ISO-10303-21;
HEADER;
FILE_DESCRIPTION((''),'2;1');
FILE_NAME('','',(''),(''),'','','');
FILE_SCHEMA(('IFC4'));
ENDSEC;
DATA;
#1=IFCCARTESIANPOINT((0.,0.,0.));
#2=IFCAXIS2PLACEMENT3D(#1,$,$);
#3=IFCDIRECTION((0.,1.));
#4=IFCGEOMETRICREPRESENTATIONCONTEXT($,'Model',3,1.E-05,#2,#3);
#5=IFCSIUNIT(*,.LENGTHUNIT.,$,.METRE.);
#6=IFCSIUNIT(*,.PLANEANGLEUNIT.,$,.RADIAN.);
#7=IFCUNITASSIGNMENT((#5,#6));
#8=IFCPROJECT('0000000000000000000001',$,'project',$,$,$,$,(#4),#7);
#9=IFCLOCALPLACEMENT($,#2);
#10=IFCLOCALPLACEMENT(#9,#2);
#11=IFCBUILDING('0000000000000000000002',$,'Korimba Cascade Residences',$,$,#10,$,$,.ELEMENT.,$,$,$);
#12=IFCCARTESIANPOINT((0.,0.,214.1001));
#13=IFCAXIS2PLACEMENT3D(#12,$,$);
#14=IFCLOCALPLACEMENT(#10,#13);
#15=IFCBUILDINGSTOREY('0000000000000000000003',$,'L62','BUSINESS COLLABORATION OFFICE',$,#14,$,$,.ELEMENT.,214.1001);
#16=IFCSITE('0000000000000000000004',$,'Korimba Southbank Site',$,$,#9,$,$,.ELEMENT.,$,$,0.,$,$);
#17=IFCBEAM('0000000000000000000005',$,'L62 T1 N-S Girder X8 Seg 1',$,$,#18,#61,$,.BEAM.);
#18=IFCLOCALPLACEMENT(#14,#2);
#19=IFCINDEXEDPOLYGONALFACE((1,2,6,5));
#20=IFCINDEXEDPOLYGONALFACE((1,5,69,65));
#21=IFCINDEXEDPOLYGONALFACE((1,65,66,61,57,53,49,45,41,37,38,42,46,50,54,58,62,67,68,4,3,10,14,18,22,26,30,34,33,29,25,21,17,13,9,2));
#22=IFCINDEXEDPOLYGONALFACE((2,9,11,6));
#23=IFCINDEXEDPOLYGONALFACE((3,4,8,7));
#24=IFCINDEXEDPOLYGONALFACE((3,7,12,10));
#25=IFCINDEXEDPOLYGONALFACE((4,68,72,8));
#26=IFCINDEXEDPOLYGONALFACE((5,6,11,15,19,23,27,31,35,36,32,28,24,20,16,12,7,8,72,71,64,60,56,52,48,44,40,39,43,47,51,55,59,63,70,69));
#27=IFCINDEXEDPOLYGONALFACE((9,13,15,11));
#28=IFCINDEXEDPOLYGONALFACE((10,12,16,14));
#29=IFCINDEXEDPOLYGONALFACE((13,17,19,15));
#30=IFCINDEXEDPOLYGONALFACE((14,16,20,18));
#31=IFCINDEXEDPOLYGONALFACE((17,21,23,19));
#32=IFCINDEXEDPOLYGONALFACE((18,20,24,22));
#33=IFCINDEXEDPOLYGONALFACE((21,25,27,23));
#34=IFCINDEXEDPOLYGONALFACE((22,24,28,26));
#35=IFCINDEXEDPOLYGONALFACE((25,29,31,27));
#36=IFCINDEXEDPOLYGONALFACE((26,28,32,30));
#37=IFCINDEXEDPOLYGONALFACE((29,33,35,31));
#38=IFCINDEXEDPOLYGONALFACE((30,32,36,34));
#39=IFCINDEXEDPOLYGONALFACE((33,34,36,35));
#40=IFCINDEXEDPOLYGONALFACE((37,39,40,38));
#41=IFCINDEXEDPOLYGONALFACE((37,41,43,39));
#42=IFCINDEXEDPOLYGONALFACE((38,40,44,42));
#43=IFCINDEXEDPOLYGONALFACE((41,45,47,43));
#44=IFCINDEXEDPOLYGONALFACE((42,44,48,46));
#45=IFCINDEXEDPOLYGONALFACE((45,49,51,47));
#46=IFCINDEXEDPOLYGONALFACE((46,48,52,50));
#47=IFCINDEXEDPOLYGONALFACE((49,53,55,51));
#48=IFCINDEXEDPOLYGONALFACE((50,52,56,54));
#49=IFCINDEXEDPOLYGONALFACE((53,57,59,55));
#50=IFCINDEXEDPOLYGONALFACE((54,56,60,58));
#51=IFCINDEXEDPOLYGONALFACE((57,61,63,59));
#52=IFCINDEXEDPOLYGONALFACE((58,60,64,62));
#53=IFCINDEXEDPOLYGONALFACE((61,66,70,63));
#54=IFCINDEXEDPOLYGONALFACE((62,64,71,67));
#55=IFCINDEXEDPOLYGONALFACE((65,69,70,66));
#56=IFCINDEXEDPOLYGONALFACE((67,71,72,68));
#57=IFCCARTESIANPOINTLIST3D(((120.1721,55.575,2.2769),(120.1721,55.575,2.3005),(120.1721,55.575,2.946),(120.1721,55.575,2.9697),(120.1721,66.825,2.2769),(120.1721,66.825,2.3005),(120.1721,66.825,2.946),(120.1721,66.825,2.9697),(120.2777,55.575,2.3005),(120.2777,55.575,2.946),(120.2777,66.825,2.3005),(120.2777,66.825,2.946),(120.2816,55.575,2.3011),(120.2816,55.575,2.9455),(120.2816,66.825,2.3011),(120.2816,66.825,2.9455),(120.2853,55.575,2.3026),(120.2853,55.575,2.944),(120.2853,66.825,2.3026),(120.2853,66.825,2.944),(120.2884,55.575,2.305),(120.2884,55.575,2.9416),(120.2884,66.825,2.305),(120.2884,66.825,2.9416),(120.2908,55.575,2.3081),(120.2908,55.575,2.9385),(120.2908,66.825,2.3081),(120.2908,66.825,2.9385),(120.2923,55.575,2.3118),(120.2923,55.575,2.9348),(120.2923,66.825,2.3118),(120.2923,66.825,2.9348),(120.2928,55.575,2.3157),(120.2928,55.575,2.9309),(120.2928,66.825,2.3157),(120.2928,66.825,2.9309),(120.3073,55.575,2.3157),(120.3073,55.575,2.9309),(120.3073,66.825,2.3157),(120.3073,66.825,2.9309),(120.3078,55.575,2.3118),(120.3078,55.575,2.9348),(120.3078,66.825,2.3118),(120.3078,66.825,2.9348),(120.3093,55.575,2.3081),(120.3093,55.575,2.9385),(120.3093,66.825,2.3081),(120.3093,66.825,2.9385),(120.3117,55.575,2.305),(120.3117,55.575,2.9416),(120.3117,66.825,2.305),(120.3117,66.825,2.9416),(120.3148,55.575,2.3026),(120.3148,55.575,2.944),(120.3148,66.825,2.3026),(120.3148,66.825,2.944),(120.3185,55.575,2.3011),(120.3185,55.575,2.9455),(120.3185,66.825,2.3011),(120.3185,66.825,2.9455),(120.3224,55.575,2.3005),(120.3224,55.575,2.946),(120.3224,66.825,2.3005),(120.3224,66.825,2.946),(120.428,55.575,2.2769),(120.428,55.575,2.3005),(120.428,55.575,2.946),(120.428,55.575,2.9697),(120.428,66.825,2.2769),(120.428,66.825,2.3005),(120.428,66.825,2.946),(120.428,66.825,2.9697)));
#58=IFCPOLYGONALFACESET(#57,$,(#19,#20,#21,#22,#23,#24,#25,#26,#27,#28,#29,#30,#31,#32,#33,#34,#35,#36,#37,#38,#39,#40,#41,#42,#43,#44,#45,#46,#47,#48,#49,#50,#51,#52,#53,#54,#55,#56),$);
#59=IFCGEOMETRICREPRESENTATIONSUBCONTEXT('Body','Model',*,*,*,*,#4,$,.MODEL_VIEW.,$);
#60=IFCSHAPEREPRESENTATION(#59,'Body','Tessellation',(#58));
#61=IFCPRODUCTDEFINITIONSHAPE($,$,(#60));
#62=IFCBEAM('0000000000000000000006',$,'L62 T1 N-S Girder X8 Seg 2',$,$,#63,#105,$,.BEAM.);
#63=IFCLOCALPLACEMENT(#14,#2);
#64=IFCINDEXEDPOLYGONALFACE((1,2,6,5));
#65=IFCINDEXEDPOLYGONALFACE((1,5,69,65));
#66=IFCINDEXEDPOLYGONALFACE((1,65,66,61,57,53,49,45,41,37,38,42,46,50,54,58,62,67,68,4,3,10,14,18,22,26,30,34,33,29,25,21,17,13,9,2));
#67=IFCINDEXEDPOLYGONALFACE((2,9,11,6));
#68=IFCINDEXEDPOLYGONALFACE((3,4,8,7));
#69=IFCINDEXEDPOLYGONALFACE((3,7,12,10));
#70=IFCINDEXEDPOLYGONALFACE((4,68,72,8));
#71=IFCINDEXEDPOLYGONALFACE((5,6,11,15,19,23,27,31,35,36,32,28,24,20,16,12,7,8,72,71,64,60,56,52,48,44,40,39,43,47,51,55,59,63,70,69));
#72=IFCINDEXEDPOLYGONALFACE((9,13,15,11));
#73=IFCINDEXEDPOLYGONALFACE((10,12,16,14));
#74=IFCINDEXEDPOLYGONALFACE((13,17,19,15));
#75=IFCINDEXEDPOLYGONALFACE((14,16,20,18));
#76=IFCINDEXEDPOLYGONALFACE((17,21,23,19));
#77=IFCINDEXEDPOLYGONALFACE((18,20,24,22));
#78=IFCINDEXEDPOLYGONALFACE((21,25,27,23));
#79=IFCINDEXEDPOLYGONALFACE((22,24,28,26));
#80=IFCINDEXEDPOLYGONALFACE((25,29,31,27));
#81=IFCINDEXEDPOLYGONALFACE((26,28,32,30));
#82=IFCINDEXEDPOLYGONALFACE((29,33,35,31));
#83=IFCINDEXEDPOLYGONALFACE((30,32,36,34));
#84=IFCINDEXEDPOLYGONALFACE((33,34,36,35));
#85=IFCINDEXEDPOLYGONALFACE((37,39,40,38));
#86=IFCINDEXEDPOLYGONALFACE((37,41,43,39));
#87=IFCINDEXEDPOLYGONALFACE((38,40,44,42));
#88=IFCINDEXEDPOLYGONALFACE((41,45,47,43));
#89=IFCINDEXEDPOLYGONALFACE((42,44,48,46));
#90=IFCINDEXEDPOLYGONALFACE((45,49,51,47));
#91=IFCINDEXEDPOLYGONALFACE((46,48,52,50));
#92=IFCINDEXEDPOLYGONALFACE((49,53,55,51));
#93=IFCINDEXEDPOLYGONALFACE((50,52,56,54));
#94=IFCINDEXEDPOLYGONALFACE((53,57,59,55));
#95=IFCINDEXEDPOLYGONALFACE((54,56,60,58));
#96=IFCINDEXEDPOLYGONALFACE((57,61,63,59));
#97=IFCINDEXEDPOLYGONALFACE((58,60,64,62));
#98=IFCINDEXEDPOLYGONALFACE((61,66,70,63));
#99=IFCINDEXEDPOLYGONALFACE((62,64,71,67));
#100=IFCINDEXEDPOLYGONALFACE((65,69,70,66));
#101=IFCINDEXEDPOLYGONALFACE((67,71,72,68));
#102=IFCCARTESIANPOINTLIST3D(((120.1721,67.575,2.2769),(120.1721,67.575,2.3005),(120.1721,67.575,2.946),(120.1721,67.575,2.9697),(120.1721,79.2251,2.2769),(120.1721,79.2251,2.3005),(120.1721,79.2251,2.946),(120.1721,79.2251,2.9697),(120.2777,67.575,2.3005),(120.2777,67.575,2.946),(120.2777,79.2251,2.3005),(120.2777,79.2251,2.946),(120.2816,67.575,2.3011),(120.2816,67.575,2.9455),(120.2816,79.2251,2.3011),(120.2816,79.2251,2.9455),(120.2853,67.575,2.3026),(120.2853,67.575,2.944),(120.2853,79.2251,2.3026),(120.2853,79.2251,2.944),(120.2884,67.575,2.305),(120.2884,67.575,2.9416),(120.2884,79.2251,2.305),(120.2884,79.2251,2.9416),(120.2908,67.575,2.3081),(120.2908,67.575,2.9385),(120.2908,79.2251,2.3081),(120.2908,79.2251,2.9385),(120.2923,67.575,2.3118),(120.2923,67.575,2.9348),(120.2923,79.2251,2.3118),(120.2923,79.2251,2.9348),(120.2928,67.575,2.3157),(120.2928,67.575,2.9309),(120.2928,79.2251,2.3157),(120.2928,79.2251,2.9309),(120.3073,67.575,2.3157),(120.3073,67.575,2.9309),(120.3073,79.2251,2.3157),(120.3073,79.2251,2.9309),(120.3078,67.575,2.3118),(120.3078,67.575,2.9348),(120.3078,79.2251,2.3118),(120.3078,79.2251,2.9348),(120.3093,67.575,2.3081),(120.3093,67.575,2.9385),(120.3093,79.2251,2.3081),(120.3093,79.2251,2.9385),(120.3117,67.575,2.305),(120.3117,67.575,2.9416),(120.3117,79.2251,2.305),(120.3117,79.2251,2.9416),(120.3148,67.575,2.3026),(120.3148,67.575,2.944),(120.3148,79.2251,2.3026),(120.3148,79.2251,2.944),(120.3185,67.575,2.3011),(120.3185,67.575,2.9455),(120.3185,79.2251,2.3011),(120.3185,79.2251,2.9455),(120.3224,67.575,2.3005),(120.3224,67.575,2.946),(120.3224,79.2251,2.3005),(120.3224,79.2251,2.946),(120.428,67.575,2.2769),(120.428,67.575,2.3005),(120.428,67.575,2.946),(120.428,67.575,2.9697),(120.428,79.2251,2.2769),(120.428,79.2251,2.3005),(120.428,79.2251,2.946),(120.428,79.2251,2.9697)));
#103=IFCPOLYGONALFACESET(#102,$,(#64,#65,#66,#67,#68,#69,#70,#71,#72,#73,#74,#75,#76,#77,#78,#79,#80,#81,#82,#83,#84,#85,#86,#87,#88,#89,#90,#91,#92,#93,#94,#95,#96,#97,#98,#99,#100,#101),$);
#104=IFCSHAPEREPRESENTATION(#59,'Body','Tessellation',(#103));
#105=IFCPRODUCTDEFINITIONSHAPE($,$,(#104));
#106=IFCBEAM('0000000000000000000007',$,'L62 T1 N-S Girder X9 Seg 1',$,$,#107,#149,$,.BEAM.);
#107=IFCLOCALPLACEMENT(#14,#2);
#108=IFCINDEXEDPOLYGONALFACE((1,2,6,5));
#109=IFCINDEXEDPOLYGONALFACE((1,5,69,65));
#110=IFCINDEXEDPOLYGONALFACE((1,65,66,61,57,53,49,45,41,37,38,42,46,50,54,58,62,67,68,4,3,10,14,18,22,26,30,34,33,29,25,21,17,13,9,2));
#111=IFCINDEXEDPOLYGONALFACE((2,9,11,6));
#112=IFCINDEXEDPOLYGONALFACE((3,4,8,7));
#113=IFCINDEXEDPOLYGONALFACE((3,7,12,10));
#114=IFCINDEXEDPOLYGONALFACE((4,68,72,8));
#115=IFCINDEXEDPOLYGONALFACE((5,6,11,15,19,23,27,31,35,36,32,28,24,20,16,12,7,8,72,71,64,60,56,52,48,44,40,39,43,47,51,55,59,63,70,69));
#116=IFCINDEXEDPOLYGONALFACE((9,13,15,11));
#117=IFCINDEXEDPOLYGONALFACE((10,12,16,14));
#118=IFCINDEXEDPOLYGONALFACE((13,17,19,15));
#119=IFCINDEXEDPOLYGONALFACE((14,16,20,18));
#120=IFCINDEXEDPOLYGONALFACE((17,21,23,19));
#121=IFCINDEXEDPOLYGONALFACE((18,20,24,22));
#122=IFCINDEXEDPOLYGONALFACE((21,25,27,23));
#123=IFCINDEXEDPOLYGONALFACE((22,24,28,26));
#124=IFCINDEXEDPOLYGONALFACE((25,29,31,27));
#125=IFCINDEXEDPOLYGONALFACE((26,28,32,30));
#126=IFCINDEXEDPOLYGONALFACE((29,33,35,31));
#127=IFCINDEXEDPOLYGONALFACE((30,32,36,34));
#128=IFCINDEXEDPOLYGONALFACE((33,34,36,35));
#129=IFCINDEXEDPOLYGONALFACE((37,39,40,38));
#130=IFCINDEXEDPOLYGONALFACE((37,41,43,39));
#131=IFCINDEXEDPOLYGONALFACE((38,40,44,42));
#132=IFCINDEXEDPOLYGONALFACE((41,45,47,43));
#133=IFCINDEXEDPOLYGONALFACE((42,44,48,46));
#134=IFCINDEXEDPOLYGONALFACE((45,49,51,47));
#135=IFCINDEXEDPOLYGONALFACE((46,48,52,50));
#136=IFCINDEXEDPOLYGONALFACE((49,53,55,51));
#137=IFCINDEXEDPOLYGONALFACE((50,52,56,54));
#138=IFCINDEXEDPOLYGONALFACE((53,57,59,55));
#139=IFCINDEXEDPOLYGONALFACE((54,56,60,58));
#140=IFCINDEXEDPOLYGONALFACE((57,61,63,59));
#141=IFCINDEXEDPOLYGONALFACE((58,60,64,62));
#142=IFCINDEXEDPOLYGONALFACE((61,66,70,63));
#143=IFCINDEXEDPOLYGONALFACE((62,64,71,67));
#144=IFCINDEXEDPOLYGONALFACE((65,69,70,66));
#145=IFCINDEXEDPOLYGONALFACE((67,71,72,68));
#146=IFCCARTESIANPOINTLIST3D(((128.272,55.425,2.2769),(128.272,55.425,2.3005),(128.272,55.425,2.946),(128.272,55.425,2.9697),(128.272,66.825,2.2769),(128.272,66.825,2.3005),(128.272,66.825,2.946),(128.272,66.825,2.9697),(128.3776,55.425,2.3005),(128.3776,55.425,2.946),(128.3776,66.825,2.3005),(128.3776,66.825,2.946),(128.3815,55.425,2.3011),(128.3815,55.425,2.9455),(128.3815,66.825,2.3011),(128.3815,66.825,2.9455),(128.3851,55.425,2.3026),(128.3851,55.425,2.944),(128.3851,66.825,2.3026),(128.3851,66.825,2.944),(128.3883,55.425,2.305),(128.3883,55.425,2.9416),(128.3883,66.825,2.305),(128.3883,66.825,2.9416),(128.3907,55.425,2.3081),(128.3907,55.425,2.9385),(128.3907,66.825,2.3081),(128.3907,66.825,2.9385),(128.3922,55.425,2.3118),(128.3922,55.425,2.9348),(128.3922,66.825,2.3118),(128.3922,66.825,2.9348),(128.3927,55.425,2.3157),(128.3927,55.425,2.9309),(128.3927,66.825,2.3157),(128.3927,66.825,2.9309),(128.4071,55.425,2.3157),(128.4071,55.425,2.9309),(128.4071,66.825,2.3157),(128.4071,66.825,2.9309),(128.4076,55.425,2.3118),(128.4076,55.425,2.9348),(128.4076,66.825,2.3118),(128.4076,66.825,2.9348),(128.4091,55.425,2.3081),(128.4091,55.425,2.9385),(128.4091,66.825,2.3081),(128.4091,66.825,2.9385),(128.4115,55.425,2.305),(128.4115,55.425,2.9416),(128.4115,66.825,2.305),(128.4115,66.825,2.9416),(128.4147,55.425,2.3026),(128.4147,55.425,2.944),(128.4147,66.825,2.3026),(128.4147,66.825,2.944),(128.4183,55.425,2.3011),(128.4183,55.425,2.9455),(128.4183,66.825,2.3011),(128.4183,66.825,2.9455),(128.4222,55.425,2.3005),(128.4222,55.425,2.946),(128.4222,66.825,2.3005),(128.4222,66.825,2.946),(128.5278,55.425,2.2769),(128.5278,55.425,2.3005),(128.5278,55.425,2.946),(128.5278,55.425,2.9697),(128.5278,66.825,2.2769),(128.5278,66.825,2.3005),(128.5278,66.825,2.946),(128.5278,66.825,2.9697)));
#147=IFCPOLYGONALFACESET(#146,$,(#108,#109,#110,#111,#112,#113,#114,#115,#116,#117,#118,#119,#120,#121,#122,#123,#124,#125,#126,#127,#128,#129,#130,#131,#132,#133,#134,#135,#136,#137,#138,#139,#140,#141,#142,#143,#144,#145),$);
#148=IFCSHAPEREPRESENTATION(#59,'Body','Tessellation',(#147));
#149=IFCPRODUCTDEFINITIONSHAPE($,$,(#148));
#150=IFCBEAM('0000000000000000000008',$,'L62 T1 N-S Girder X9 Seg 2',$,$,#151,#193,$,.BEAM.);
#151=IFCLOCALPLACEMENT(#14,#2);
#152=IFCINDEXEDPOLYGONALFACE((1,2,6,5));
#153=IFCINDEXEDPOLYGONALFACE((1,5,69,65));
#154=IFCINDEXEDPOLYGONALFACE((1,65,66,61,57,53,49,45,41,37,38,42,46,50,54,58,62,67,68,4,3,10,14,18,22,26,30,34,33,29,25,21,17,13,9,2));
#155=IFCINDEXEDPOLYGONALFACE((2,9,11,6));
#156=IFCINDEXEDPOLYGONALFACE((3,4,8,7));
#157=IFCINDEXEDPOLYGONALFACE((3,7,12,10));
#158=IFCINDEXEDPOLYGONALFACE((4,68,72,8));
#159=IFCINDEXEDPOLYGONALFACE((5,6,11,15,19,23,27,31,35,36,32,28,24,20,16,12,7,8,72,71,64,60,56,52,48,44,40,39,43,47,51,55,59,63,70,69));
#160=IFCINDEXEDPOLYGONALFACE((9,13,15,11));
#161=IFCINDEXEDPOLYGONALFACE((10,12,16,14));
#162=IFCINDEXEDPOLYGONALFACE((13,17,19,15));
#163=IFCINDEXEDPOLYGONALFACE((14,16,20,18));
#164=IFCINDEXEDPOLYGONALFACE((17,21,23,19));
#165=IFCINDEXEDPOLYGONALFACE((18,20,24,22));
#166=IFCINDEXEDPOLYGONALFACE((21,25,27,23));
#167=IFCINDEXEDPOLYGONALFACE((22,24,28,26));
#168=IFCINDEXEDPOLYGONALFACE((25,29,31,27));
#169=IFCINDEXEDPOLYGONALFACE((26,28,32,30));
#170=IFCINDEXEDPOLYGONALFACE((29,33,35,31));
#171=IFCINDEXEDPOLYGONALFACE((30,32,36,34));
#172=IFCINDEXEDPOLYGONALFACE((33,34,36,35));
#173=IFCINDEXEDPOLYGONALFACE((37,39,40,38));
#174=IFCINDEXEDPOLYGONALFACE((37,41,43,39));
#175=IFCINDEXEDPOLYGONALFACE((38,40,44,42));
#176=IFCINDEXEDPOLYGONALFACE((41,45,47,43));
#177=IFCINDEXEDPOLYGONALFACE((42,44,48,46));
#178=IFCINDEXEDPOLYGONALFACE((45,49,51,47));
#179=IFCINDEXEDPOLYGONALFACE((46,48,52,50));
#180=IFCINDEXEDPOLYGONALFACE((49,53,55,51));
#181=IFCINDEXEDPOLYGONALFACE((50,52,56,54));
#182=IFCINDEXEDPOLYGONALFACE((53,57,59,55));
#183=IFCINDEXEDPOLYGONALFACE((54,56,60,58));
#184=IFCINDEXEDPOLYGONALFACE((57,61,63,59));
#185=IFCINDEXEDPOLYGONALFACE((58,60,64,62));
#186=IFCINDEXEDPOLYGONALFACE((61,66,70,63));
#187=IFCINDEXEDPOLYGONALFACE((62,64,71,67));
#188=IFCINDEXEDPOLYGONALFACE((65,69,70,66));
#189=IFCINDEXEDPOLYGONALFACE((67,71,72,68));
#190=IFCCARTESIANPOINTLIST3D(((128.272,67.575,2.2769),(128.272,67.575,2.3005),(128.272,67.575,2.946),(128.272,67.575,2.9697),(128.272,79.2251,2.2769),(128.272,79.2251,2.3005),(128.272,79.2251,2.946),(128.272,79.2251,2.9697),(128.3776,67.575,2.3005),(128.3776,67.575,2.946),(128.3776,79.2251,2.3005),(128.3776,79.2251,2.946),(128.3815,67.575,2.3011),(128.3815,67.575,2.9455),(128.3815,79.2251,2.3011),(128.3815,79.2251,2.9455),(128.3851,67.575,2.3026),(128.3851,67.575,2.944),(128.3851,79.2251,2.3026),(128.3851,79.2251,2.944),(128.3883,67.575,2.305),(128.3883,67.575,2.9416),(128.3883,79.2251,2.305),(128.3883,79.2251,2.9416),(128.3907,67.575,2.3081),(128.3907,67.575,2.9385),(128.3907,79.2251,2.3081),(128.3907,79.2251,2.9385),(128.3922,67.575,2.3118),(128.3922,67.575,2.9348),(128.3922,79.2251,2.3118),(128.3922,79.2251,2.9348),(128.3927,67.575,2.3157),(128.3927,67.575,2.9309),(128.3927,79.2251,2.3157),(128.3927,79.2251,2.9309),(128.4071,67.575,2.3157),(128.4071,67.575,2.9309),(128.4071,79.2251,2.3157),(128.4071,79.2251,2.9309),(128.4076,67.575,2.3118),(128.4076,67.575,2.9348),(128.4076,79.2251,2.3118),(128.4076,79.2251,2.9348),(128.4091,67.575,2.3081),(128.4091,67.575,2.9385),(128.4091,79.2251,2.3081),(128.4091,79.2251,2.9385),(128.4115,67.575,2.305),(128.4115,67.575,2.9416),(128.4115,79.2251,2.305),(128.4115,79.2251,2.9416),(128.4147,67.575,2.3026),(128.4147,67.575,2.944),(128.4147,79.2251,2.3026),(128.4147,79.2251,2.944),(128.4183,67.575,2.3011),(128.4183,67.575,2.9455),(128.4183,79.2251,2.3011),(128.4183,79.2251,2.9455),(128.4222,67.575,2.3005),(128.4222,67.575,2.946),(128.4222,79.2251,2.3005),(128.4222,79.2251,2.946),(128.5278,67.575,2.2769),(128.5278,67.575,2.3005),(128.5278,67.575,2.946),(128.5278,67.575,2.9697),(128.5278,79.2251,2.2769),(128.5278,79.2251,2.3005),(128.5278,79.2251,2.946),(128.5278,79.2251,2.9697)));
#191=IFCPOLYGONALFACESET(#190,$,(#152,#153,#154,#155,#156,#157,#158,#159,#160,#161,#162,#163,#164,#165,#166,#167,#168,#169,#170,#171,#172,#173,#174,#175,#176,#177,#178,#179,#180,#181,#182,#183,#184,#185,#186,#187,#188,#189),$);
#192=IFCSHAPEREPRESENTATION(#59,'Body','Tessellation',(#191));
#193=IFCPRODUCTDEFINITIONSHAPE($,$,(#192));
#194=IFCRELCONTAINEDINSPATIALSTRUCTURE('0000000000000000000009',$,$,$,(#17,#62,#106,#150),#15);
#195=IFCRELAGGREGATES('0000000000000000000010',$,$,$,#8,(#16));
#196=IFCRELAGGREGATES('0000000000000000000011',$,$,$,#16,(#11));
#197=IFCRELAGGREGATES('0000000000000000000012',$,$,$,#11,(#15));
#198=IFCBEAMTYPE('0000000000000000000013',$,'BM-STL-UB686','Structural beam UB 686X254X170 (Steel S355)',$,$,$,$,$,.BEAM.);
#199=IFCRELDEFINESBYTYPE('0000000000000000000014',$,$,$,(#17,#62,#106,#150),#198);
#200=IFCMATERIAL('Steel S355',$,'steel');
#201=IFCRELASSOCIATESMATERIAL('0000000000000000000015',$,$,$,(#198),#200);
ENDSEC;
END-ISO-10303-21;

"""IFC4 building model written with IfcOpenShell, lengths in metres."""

from ifc_helpers import new_model, si_unit, direction, frame, origin, origin_2d, place, context, subcontext, project, spatial, i_section, extrude, material, material_profile, profile_set, type_object, element, save


model = new_model("IFC4")

# Units and contexts
model_context = context("Model", 3, precision=1e-05, world=origin(), true_north=direction((0.0, 1.0)))
body_context = subcontext(model_context, "Body", "Model", "MODEL_VIEW")
ifc_project = project(units=[si_unit("LENGTHUNIT", "METRE"), si_unit("PLANEANGLEUNIT", "RADIAN")], contexts=[model_context])

# Site, building, storey
site_placement = place(None, origin())
site = spatial("IfcSite", under=ifc_project, at=site_placement, Name="Korimba Southbank Site", CompositionType="ELEMENT", RefElevation=0.0)
building_placement = place(site_placement, origin())
building = spatial("IfcBuilding", under=site, at=building_placement, Name="Korimba Cascade Residences", CompositionType="ELEMENT")
storey_placement = place(building_placement, frame((0.0, 0.0, 214.1001)))
storey = spatial("IfcBuildingStorey", under=building, at=storey_placement, Name="L62", Description="BUSINESS COLLABORATION OFFICE", CompositionType="ELEMENT", Elevation=214.1001)

# Beams
ifc_material_1 = material(Name="Steel S355", Category="steel")
ifc_material_profile_1 = material_profile(ifc_material_1, i_section(OverallWidth=0.2559, OverallDepth=0.6929, WebThickness=0.0144, FlangeThickness=0.0237, FilletRadius=0.0151, at=origin_2d()), Name="Steel S355")
ifc_profile_set_1 = profile_set([ifc_material_profile_1], Name="Steel S355")
beam_type_1 = type_object("IfcBeamType", Name="BM-STL-UB686", Description="Structural beam UB 686X254X170 (Steel S355)", PredefinedType="BEAM", material=ifc_profile_set_1)
beam_1_placement = place(storey_placement, frame((120.3, 55.575, 2.6233), z_axis=(0.0, 1.0, 0.0), x_axis=(-1.0, 0.0, 0.0)))
element("IfcBeam", 1, at=beam_1_placement, inside=storey, type_object=beam_type_1, Name="L62 T1 N-S Girder X8 Seg 1", PredefinedType="BEAM", context=body_context, shape_type="SweptSolid", body=[
    extrude(i_section(OverallWidth=0.2559, OverallDepth=0.6929, WebThickness=0.0144, FlangeThickness=0.0237, FilletRadius=0.0151, at=origin_2d()), origin(), (0.0, 0.0, 1.0), 11.25),
])
beam_2_placement = place(storey_placement, frame((120.3, 67.575, 2.6233), z_axis=(0.0, 1.0, 0.0), x_axis=(-1.0, 0.0, 0.0)))
element("IfcBeam", 2, at=beam_2_placement, inside=storey, type_object=beam_type_1, Name="L62 T1 N-S Girder X8 Seg 2", PredefinedType="BEAM", context=body_context, shape_type="SweptSolid", body=[
    extrude(i_section(OverallWidth=0.2559, OverallDepth=0.6929, WebThickness=0.0144, FlangeThickness=0.0237, FilletRadius=0.0151, at=origin_2d()), origin(), (0.0, 0.0, 1.0), 11.6501),
])
beam_3_placement = place(storey_placement, frame((128.3999, 55.425, 2.6233), z_axis=(0.0, 1.0, 0.0), x_axis=(-1.0, 0.0, 0.0)))
element("IfcBeam", 3, at=beam_3_placement, inside=storey, type_object=beam_type_1, Name="L62 T1 N-S Girder X9 Seg 1", PredefinedType="BEAM", context=body_context, shape_type="SweptSolid", body=[
    extrude(i_section(OverallWidth=0.2559, OverallDepth=0.6929, WebThickness=0.0144, FlangeThickness=0.0237, FilletRadius=0.0151, at=origin_2d()), origin(), (0.0, 0.0, 1.0), 11.3999),
])
beam_4_placement = place(storey_placement, frame((128.3999, 67.575, 2.6233), z_axis=(0.0, 1.0, 0.0), x_axis=(-1.0, 0.0, 0.0)))
element("IfcBeam", 4, at=beam_4_placement, inside=storey, type_object=beam_type_1, Name="L62 T1 N-S Girder X9 Seg 2", PredefinedType="BEAM", context=body_context, shape_type="SweptSolid", body=[
    extrude(i_section(OverallWidth=0.2559, OverallDepth=0.6929, WebThickness=0.0144, FlangeThickness=0.0237, FilletRadius=0.0151, at=origin_2d()), origin(), (0.0, 0.0, 1.0), 11.6501),
])

save(model, "model.ifc")
